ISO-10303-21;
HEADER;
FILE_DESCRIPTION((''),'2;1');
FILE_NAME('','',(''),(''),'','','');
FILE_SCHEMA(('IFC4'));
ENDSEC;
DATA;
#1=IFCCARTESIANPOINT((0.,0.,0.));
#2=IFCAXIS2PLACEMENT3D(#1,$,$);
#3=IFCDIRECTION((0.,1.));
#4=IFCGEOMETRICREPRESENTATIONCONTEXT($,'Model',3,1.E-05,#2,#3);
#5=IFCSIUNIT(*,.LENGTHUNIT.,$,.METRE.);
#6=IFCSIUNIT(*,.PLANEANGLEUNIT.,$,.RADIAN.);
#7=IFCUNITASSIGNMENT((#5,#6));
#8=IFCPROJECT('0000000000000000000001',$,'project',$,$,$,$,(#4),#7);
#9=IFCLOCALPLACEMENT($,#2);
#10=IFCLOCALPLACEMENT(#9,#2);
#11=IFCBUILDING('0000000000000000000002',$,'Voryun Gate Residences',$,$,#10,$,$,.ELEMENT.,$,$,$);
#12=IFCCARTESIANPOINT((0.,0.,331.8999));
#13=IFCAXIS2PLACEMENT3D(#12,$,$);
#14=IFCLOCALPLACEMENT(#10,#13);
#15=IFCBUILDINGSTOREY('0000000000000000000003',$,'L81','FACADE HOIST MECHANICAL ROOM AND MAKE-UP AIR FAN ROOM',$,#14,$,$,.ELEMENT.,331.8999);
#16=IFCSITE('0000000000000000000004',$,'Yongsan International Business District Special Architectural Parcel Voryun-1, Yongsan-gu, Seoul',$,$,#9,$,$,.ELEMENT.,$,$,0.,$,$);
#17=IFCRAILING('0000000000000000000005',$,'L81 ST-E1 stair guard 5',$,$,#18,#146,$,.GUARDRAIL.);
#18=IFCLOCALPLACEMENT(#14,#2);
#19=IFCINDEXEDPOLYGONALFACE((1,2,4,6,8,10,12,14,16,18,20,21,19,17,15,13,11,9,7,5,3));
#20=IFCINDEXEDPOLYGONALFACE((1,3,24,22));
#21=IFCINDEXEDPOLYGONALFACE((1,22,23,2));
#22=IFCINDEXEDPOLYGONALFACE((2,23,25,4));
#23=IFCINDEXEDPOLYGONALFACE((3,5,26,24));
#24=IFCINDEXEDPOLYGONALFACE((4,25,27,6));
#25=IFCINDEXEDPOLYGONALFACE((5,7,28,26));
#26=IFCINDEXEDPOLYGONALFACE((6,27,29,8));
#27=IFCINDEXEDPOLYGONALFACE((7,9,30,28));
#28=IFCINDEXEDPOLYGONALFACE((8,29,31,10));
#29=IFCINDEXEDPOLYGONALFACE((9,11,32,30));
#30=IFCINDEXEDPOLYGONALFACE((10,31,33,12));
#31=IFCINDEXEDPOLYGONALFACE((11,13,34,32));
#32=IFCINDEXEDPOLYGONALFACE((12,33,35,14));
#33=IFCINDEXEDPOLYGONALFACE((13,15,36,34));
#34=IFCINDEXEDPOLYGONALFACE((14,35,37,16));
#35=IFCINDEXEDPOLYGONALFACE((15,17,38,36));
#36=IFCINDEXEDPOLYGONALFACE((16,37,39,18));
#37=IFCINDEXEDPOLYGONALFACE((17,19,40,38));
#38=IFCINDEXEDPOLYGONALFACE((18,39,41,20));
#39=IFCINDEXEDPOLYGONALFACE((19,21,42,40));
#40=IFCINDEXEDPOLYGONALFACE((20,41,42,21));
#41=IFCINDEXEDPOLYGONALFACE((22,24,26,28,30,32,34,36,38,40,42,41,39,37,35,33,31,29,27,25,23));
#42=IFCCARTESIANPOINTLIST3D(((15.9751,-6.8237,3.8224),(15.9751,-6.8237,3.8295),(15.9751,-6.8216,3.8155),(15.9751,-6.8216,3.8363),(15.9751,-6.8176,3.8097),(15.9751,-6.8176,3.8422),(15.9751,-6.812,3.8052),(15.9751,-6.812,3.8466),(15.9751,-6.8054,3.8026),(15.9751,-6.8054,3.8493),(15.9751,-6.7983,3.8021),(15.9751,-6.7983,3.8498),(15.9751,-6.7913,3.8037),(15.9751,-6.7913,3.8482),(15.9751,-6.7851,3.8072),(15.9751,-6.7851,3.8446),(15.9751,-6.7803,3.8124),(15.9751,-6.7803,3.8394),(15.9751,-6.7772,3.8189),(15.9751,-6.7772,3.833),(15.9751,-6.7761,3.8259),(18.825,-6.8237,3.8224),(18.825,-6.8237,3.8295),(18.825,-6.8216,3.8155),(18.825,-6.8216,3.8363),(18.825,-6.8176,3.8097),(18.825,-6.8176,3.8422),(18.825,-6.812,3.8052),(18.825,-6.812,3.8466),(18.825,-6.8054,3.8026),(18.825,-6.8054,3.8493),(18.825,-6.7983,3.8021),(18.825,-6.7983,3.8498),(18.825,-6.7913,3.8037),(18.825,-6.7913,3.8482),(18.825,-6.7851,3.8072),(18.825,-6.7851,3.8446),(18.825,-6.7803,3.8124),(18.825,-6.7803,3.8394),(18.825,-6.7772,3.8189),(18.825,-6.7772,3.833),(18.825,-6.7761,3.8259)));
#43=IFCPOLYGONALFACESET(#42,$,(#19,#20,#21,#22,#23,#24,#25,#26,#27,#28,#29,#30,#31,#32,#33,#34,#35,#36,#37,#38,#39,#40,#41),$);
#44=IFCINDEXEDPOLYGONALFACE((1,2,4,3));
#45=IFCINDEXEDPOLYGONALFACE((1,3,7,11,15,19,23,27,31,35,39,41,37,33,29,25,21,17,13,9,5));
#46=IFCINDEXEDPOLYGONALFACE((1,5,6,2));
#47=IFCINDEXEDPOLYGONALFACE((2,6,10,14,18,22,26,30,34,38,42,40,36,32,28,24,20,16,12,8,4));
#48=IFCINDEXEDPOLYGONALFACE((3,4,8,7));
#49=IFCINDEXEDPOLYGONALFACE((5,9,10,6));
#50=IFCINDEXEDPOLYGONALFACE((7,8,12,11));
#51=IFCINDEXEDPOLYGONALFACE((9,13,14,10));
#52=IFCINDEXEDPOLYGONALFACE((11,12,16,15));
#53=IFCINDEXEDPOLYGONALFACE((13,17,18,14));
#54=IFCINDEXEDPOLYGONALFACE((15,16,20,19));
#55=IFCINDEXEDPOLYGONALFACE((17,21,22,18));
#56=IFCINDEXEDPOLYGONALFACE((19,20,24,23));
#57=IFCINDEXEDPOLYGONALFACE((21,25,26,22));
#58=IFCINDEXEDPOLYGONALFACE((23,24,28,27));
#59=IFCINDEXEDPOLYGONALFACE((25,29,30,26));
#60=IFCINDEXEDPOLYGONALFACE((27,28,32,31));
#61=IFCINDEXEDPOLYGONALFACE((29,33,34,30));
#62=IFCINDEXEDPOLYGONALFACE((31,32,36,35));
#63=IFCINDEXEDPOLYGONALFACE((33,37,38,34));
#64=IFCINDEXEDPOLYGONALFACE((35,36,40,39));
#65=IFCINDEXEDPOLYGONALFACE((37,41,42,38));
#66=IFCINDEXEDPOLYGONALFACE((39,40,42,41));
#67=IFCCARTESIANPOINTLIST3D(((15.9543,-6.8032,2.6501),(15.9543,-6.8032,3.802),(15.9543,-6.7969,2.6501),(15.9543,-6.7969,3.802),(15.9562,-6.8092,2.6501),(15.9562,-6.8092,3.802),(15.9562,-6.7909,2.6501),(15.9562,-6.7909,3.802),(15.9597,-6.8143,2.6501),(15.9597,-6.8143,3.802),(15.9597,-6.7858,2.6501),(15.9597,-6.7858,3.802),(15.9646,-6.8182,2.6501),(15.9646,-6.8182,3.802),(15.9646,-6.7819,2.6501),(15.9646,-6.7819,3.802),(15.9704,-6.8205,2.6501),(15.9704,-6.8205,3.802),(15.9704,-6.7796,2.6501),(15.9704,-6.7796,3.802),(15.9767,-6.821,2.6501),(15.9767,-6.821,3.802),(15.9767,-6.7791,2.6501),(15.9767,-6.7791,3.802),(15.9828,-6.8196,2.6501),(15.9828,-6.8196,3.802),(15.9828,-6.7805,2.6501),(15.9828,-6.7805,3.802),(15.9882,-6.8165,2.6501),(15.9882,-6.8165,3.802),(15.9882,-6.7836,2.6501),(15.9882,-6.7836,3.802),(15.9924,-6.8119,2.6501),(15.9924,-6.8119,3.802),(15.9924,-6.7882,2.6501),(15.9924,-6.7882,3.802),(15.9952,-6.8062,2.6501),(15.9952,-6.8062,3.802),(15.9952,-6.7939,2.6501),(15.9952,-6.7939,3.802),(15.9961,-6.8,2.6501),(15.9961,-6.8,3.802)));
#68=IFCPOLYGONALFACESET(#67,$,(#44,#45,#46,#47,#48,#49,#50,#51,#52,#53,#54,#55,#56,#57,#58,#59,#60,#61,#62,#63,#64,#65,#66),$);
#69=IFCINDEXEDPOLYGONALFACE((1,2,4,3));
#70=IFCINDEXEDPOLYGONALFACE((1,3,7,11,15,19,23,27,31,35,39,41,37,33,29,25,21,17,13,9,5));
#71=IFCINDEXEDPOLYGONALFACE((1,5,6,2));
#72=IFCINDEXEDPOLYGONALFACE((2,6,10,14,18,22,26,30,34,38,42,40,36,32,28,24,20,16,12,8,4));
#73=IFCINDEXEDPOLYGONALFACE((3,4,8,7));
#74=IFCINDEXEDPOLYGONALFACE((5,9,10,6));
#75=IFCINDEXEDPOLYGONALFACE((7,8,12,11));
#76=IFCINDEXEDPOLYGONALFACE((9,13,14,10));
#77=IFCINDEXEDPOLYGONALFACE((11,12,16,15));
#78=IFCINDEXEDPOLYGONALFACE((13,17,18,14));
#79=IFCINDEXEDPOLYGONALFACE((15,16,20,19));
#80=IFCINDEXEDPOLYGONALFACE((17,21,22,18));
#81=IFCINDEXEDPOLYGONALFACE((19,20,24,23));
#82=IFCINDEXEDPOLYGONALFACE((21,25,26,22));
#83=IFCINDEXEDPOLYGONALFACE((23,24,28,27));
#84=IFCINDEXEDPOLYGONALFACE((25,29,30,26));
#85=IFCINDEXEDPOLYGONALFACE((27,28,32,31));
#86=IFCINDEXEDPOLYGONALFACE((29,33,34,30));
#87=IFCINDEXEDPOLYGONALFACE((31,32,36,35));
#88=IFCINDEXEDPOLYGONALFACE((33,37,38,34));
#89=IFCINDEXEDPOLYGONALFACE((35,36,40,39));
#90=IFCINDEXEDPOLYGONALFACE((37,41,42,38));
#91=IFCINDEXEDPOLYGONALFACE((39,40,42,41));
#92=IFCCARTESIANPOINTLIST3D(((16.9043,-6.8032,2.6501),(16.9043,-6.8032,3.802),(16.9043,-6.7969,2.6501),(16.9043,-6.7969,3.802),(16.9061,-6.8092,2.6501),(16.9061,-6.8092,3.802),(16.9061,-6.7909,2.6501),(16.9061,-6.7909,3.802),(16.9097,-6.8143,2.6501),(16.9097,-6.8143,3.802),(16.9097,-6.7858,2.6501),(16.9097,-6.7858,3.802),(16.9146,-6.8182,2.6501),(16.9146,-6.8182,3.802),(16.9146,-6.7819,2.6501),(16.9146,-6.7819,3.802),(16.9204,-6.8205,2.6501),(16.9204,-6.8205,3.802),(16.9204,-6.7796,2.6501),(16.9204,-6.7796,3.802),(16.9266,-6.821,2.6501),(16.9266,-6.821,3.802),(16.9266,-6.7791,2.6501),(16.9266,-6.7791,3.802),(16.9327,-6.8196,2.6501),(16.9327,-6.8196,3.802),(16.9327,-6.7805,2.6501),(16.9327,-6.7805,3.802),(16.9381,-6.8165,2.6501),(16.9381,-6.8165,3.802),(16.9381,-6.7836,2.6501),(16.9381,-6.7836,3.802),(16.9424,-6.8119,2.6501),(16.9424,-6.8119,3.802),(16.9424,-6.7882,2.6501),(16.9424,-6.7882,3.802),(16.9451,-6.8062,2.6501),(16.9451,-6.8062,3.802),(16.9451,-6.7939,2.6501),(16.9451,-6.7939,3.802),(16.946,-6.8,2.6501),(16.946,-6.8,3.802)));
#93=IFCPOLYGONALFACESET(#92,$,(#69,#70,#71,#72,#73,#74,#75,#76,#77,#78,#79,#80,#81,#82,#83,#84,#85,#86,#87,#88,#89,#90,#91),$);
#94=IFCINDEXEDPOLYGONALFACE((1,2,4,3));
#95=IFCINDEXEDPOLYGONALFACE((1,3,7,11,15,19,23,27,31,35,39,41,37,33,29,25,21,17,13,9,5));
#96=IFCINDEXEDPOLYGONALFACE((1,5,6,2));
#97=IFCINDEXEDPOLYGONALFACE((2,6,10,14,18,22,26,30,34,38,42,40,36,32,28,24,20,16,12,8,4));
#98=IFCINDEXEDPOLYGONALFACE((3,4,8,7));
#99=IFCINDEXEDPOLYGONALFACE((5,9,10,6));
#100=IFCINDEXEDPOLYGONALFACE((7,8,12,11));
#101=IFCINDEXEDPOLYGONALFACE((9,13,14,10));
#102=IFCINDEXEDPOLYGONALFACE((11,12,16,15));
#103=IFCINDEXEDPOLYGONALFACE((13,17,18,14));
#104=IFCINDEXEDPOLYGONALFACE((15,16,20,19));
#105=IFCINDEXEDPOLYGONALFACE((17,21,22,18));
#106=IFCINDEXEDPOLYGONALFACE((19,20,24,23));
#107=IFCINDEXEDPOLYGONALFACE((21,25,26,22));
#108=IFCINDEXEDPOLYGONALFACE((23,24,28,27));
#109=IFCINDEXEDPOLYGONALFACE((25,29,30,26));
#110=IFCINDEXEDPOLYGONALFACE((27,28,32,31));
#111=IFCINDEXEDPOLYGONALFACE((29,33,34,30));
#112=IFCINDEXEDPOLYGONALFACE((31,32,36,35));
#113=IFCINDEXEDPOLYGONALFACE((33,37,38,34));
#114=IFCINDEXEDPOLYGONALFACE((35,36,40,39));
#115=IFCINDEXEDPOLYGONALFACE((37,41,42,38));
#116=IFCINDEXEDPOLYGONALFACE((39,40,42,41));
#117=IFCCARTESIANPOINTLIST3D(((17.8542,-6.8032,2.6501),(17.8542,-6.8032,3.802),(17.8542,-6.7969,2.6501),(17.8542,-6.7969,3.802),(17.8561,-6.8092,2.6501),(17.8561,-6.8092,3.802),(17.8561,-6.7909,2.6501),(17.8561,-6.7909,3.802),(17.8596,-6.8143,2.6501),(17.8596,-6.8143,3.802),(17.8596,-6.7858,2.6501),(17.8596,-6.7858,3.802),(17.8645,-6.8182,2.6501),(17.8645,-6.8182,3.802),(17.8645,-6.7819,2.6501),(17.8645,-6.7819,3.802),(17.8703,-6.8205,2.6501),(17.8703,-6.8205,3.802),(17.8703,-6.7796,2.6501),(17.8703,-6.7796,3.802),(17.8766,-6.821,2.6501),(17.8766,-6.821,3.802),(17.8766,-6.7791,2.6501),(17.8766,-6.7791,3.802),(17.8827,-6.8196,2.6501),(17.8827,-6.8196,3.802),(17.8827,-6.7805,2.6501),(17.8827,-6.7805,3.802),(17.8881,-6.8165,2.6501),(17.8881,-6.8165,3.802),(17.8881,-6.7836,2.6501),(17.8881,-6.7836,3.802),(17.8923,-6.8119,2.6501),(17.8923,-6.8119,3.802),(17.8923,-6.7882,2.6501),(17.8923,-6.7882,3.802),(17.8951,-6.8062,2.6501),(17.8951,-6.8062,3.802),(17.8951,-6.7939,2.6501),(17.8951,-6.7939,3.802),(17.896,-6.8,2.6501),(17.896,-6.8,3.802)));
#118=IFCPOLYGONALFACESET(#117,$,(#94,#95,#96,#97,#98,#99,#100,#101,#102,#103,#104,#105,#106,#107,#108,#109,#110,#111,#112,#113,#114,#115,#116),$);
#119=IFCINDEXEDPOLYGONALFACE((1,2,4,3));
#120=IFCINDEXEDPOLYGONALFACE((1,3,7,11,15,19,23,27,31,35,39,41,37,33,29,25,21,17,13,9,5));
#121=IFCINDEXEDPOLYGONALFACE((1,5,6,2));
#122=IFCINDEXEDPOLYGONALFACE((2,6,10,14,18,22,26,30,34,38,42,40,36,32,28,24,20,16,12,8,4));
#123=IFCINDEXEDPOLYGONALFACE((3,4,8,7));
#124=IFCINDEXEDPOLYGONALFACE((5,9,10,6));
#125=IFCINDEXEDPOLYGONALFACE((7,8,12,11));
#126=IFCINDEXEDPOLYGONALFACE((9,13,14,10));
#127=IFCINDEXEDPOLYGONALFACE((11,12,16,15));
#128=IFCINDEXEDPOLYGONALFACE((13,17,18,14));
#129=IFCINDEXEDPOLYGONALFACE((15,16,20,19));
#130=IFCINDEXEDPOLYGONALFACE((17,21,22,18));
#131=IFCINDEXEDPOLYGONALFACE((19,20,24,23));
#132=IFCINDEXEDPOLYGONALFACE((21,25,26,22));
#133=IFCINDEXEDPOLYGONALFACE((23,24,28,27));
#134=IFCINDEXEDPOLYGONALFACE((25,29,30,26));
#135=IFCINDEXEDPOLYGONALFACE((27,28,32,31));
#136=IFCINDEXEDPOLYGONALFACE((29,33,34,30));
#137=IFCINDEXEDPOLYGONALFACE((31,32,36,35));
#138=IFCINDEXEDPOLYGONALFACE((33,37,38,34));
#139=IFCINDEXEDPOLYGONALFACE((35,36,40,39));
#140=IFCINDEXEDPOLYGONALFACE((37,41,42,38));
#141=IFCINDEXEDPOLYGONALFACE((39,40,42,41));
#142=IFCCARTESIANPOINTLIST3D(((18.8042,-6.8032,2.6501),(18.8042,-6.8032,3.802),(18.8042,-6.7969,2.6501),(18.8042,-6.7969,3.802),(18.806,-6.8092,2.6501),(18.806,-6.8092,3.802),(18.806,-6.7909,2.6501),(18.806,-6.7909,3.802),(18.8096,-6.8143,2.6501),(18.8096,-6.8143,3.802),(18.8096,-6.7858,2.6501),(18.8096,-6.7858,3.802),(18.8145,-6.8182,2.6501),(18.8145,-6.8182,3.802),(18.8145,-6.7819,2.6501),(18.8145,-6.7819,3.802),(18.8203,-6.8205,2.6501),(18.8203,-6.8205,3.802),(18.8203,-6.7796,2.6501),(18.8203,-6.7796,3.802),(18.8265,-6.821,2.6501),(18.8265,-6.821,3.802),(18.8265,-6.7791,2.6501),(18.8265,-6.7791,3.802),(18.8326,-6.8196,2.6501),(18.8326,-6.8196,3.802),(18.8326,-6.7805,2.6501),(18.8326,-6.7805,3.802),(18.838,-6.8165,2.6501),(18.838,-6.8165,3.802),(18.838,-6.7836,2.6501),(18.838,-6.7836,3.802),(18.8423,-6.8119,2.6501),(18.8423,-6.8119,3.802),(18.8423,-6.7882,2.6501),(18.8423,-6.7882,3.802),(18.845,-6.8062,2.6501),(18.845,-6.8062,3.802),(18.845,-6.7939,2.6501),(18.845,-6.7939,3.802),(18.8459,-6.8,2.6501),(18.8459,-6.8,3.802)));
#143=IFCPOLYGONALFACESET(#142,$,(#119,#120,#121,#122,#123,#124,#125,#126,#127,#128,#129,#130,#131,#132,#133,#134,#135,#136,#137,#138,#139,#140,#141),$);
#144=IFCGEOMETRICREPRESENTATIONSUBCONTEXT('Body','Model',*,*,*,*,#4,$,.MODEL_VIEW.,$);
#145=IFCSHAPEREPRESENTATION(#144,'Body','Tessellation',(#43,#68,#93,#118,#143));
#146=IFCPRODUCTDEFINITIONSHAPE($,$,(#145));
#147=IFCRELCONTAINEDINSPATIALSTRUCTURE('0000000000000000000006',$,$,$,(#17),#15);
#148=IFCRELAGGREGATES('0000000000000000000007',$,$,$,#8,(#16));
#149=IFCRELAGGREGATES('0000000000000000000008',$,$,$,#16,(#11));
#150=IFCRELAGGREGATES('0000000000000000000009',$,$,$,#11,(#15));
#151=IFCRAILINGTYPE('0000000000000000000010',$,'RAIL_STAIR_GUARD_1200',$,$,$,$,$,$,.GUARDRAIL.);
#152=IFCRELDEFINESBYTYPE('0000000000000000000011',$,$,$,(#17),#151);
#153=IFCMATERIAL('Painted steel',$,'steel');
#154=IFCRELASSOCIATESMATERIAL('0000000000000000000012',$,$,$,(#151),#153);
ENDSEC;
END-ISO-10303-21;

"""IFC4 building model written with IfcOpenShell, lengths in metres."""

from ifc_helpers import new_model, si_unit, direction, frame, origin, origin_2d, place, context, subcontext, project, spatial, circle, extrude, material, type_object, element, save


model = new_model("IFC4")

# Units and contexts
model_context = context("Model", 3, precision=1e-05, world=origin(), true_north=direction((0.0, 1.0)))
body_context = subcontext(model_context, "Body", "Model", "MODEL_VIEW")
ifc_project = project(units=[si_unit("LENGTHUNIT", "METRE"), si_unit("PLANEANGLEUNIT", "RADIAN")], contexts=[model_context])

# Site, building, storey
site_placement = place(None, origin())
site = spatial("IfcSite", under=ifc_project, at=site_placement, Name="Yongsan International Business District Special Architectural Parcel Voryun-1, Yongsan-gu, Seoul", CompositionType="ELEMENT", RefElevation=0.0)
building_placement = place(site_placement, origin())
building = spatial("IfcBuilding", under=site, at=building_placement, Name="Voryun Gate Residences", CompositionType="ELEMENT")
storey_placement = place(building_placement, frame((0.0, 0.0, 331.8999)))
storey = spatial("IfcBuildingStorey", under=building, at=storey_placement, Name="L81", Description="FACADE HOIST MECHANICAL ROOM AND MAKE-UP AIR FAN ROOM", CompositionType="ELEMENT", Elevation=331.8999)

# Railing
ifc_material_1 = material(Name="Painted steel", Category="steel")
railing_type_1 = type_object("IfcRailingType", Name="RAIL_STAIR_GUARD_1200", PredefinedType="GUARDRAIL", material=ifc_material_1)
railing_1_placement = place(storey_placement, frame((15.9751, -6.8, 2.6501)))
element("IfcRailing", 1, at=railing_1_placement, inside=storey, type_object=railing_type_1, Name="L81 ST-E1 stair guard 5", PredefinedType="GUARDRAIL", context=body_context, shape_type="SweptSolid", body=[
    extrude(circle(Radius=0.0239, at=origin_2d()), frame((0.0, 0.0, 1.1758), z_axis=(1.0, 0.0, 0.0), x_axis=(0.0, 1.0, 0.0)), (0.0, 0.0, 1.0), 2.8499),
    extrude(circle(Radius=0.021, at=origin_2d()), origin(), (0.0, 0.0, 1.0), 1.1519),
    extrude(circle(Radius=0.021, at=origin_2d()), frame((0.95, 0.0, 0.0)), (0.0, 0.0, 1.0), 1.1519),
    extrude(circle(Radius=0.021, at=origin_2d()), frame((1.8999, 0.0, 0.0)), (0.0, 0.0, 1.0), 1.1519),
    extrude(circle(Radius=0.021, at=origin_2d()), frame((2.8499, 0.0, 0.0)), (0.0, 0.0, 1.0), 1.1519),
])

save(model, "model.ifc")
